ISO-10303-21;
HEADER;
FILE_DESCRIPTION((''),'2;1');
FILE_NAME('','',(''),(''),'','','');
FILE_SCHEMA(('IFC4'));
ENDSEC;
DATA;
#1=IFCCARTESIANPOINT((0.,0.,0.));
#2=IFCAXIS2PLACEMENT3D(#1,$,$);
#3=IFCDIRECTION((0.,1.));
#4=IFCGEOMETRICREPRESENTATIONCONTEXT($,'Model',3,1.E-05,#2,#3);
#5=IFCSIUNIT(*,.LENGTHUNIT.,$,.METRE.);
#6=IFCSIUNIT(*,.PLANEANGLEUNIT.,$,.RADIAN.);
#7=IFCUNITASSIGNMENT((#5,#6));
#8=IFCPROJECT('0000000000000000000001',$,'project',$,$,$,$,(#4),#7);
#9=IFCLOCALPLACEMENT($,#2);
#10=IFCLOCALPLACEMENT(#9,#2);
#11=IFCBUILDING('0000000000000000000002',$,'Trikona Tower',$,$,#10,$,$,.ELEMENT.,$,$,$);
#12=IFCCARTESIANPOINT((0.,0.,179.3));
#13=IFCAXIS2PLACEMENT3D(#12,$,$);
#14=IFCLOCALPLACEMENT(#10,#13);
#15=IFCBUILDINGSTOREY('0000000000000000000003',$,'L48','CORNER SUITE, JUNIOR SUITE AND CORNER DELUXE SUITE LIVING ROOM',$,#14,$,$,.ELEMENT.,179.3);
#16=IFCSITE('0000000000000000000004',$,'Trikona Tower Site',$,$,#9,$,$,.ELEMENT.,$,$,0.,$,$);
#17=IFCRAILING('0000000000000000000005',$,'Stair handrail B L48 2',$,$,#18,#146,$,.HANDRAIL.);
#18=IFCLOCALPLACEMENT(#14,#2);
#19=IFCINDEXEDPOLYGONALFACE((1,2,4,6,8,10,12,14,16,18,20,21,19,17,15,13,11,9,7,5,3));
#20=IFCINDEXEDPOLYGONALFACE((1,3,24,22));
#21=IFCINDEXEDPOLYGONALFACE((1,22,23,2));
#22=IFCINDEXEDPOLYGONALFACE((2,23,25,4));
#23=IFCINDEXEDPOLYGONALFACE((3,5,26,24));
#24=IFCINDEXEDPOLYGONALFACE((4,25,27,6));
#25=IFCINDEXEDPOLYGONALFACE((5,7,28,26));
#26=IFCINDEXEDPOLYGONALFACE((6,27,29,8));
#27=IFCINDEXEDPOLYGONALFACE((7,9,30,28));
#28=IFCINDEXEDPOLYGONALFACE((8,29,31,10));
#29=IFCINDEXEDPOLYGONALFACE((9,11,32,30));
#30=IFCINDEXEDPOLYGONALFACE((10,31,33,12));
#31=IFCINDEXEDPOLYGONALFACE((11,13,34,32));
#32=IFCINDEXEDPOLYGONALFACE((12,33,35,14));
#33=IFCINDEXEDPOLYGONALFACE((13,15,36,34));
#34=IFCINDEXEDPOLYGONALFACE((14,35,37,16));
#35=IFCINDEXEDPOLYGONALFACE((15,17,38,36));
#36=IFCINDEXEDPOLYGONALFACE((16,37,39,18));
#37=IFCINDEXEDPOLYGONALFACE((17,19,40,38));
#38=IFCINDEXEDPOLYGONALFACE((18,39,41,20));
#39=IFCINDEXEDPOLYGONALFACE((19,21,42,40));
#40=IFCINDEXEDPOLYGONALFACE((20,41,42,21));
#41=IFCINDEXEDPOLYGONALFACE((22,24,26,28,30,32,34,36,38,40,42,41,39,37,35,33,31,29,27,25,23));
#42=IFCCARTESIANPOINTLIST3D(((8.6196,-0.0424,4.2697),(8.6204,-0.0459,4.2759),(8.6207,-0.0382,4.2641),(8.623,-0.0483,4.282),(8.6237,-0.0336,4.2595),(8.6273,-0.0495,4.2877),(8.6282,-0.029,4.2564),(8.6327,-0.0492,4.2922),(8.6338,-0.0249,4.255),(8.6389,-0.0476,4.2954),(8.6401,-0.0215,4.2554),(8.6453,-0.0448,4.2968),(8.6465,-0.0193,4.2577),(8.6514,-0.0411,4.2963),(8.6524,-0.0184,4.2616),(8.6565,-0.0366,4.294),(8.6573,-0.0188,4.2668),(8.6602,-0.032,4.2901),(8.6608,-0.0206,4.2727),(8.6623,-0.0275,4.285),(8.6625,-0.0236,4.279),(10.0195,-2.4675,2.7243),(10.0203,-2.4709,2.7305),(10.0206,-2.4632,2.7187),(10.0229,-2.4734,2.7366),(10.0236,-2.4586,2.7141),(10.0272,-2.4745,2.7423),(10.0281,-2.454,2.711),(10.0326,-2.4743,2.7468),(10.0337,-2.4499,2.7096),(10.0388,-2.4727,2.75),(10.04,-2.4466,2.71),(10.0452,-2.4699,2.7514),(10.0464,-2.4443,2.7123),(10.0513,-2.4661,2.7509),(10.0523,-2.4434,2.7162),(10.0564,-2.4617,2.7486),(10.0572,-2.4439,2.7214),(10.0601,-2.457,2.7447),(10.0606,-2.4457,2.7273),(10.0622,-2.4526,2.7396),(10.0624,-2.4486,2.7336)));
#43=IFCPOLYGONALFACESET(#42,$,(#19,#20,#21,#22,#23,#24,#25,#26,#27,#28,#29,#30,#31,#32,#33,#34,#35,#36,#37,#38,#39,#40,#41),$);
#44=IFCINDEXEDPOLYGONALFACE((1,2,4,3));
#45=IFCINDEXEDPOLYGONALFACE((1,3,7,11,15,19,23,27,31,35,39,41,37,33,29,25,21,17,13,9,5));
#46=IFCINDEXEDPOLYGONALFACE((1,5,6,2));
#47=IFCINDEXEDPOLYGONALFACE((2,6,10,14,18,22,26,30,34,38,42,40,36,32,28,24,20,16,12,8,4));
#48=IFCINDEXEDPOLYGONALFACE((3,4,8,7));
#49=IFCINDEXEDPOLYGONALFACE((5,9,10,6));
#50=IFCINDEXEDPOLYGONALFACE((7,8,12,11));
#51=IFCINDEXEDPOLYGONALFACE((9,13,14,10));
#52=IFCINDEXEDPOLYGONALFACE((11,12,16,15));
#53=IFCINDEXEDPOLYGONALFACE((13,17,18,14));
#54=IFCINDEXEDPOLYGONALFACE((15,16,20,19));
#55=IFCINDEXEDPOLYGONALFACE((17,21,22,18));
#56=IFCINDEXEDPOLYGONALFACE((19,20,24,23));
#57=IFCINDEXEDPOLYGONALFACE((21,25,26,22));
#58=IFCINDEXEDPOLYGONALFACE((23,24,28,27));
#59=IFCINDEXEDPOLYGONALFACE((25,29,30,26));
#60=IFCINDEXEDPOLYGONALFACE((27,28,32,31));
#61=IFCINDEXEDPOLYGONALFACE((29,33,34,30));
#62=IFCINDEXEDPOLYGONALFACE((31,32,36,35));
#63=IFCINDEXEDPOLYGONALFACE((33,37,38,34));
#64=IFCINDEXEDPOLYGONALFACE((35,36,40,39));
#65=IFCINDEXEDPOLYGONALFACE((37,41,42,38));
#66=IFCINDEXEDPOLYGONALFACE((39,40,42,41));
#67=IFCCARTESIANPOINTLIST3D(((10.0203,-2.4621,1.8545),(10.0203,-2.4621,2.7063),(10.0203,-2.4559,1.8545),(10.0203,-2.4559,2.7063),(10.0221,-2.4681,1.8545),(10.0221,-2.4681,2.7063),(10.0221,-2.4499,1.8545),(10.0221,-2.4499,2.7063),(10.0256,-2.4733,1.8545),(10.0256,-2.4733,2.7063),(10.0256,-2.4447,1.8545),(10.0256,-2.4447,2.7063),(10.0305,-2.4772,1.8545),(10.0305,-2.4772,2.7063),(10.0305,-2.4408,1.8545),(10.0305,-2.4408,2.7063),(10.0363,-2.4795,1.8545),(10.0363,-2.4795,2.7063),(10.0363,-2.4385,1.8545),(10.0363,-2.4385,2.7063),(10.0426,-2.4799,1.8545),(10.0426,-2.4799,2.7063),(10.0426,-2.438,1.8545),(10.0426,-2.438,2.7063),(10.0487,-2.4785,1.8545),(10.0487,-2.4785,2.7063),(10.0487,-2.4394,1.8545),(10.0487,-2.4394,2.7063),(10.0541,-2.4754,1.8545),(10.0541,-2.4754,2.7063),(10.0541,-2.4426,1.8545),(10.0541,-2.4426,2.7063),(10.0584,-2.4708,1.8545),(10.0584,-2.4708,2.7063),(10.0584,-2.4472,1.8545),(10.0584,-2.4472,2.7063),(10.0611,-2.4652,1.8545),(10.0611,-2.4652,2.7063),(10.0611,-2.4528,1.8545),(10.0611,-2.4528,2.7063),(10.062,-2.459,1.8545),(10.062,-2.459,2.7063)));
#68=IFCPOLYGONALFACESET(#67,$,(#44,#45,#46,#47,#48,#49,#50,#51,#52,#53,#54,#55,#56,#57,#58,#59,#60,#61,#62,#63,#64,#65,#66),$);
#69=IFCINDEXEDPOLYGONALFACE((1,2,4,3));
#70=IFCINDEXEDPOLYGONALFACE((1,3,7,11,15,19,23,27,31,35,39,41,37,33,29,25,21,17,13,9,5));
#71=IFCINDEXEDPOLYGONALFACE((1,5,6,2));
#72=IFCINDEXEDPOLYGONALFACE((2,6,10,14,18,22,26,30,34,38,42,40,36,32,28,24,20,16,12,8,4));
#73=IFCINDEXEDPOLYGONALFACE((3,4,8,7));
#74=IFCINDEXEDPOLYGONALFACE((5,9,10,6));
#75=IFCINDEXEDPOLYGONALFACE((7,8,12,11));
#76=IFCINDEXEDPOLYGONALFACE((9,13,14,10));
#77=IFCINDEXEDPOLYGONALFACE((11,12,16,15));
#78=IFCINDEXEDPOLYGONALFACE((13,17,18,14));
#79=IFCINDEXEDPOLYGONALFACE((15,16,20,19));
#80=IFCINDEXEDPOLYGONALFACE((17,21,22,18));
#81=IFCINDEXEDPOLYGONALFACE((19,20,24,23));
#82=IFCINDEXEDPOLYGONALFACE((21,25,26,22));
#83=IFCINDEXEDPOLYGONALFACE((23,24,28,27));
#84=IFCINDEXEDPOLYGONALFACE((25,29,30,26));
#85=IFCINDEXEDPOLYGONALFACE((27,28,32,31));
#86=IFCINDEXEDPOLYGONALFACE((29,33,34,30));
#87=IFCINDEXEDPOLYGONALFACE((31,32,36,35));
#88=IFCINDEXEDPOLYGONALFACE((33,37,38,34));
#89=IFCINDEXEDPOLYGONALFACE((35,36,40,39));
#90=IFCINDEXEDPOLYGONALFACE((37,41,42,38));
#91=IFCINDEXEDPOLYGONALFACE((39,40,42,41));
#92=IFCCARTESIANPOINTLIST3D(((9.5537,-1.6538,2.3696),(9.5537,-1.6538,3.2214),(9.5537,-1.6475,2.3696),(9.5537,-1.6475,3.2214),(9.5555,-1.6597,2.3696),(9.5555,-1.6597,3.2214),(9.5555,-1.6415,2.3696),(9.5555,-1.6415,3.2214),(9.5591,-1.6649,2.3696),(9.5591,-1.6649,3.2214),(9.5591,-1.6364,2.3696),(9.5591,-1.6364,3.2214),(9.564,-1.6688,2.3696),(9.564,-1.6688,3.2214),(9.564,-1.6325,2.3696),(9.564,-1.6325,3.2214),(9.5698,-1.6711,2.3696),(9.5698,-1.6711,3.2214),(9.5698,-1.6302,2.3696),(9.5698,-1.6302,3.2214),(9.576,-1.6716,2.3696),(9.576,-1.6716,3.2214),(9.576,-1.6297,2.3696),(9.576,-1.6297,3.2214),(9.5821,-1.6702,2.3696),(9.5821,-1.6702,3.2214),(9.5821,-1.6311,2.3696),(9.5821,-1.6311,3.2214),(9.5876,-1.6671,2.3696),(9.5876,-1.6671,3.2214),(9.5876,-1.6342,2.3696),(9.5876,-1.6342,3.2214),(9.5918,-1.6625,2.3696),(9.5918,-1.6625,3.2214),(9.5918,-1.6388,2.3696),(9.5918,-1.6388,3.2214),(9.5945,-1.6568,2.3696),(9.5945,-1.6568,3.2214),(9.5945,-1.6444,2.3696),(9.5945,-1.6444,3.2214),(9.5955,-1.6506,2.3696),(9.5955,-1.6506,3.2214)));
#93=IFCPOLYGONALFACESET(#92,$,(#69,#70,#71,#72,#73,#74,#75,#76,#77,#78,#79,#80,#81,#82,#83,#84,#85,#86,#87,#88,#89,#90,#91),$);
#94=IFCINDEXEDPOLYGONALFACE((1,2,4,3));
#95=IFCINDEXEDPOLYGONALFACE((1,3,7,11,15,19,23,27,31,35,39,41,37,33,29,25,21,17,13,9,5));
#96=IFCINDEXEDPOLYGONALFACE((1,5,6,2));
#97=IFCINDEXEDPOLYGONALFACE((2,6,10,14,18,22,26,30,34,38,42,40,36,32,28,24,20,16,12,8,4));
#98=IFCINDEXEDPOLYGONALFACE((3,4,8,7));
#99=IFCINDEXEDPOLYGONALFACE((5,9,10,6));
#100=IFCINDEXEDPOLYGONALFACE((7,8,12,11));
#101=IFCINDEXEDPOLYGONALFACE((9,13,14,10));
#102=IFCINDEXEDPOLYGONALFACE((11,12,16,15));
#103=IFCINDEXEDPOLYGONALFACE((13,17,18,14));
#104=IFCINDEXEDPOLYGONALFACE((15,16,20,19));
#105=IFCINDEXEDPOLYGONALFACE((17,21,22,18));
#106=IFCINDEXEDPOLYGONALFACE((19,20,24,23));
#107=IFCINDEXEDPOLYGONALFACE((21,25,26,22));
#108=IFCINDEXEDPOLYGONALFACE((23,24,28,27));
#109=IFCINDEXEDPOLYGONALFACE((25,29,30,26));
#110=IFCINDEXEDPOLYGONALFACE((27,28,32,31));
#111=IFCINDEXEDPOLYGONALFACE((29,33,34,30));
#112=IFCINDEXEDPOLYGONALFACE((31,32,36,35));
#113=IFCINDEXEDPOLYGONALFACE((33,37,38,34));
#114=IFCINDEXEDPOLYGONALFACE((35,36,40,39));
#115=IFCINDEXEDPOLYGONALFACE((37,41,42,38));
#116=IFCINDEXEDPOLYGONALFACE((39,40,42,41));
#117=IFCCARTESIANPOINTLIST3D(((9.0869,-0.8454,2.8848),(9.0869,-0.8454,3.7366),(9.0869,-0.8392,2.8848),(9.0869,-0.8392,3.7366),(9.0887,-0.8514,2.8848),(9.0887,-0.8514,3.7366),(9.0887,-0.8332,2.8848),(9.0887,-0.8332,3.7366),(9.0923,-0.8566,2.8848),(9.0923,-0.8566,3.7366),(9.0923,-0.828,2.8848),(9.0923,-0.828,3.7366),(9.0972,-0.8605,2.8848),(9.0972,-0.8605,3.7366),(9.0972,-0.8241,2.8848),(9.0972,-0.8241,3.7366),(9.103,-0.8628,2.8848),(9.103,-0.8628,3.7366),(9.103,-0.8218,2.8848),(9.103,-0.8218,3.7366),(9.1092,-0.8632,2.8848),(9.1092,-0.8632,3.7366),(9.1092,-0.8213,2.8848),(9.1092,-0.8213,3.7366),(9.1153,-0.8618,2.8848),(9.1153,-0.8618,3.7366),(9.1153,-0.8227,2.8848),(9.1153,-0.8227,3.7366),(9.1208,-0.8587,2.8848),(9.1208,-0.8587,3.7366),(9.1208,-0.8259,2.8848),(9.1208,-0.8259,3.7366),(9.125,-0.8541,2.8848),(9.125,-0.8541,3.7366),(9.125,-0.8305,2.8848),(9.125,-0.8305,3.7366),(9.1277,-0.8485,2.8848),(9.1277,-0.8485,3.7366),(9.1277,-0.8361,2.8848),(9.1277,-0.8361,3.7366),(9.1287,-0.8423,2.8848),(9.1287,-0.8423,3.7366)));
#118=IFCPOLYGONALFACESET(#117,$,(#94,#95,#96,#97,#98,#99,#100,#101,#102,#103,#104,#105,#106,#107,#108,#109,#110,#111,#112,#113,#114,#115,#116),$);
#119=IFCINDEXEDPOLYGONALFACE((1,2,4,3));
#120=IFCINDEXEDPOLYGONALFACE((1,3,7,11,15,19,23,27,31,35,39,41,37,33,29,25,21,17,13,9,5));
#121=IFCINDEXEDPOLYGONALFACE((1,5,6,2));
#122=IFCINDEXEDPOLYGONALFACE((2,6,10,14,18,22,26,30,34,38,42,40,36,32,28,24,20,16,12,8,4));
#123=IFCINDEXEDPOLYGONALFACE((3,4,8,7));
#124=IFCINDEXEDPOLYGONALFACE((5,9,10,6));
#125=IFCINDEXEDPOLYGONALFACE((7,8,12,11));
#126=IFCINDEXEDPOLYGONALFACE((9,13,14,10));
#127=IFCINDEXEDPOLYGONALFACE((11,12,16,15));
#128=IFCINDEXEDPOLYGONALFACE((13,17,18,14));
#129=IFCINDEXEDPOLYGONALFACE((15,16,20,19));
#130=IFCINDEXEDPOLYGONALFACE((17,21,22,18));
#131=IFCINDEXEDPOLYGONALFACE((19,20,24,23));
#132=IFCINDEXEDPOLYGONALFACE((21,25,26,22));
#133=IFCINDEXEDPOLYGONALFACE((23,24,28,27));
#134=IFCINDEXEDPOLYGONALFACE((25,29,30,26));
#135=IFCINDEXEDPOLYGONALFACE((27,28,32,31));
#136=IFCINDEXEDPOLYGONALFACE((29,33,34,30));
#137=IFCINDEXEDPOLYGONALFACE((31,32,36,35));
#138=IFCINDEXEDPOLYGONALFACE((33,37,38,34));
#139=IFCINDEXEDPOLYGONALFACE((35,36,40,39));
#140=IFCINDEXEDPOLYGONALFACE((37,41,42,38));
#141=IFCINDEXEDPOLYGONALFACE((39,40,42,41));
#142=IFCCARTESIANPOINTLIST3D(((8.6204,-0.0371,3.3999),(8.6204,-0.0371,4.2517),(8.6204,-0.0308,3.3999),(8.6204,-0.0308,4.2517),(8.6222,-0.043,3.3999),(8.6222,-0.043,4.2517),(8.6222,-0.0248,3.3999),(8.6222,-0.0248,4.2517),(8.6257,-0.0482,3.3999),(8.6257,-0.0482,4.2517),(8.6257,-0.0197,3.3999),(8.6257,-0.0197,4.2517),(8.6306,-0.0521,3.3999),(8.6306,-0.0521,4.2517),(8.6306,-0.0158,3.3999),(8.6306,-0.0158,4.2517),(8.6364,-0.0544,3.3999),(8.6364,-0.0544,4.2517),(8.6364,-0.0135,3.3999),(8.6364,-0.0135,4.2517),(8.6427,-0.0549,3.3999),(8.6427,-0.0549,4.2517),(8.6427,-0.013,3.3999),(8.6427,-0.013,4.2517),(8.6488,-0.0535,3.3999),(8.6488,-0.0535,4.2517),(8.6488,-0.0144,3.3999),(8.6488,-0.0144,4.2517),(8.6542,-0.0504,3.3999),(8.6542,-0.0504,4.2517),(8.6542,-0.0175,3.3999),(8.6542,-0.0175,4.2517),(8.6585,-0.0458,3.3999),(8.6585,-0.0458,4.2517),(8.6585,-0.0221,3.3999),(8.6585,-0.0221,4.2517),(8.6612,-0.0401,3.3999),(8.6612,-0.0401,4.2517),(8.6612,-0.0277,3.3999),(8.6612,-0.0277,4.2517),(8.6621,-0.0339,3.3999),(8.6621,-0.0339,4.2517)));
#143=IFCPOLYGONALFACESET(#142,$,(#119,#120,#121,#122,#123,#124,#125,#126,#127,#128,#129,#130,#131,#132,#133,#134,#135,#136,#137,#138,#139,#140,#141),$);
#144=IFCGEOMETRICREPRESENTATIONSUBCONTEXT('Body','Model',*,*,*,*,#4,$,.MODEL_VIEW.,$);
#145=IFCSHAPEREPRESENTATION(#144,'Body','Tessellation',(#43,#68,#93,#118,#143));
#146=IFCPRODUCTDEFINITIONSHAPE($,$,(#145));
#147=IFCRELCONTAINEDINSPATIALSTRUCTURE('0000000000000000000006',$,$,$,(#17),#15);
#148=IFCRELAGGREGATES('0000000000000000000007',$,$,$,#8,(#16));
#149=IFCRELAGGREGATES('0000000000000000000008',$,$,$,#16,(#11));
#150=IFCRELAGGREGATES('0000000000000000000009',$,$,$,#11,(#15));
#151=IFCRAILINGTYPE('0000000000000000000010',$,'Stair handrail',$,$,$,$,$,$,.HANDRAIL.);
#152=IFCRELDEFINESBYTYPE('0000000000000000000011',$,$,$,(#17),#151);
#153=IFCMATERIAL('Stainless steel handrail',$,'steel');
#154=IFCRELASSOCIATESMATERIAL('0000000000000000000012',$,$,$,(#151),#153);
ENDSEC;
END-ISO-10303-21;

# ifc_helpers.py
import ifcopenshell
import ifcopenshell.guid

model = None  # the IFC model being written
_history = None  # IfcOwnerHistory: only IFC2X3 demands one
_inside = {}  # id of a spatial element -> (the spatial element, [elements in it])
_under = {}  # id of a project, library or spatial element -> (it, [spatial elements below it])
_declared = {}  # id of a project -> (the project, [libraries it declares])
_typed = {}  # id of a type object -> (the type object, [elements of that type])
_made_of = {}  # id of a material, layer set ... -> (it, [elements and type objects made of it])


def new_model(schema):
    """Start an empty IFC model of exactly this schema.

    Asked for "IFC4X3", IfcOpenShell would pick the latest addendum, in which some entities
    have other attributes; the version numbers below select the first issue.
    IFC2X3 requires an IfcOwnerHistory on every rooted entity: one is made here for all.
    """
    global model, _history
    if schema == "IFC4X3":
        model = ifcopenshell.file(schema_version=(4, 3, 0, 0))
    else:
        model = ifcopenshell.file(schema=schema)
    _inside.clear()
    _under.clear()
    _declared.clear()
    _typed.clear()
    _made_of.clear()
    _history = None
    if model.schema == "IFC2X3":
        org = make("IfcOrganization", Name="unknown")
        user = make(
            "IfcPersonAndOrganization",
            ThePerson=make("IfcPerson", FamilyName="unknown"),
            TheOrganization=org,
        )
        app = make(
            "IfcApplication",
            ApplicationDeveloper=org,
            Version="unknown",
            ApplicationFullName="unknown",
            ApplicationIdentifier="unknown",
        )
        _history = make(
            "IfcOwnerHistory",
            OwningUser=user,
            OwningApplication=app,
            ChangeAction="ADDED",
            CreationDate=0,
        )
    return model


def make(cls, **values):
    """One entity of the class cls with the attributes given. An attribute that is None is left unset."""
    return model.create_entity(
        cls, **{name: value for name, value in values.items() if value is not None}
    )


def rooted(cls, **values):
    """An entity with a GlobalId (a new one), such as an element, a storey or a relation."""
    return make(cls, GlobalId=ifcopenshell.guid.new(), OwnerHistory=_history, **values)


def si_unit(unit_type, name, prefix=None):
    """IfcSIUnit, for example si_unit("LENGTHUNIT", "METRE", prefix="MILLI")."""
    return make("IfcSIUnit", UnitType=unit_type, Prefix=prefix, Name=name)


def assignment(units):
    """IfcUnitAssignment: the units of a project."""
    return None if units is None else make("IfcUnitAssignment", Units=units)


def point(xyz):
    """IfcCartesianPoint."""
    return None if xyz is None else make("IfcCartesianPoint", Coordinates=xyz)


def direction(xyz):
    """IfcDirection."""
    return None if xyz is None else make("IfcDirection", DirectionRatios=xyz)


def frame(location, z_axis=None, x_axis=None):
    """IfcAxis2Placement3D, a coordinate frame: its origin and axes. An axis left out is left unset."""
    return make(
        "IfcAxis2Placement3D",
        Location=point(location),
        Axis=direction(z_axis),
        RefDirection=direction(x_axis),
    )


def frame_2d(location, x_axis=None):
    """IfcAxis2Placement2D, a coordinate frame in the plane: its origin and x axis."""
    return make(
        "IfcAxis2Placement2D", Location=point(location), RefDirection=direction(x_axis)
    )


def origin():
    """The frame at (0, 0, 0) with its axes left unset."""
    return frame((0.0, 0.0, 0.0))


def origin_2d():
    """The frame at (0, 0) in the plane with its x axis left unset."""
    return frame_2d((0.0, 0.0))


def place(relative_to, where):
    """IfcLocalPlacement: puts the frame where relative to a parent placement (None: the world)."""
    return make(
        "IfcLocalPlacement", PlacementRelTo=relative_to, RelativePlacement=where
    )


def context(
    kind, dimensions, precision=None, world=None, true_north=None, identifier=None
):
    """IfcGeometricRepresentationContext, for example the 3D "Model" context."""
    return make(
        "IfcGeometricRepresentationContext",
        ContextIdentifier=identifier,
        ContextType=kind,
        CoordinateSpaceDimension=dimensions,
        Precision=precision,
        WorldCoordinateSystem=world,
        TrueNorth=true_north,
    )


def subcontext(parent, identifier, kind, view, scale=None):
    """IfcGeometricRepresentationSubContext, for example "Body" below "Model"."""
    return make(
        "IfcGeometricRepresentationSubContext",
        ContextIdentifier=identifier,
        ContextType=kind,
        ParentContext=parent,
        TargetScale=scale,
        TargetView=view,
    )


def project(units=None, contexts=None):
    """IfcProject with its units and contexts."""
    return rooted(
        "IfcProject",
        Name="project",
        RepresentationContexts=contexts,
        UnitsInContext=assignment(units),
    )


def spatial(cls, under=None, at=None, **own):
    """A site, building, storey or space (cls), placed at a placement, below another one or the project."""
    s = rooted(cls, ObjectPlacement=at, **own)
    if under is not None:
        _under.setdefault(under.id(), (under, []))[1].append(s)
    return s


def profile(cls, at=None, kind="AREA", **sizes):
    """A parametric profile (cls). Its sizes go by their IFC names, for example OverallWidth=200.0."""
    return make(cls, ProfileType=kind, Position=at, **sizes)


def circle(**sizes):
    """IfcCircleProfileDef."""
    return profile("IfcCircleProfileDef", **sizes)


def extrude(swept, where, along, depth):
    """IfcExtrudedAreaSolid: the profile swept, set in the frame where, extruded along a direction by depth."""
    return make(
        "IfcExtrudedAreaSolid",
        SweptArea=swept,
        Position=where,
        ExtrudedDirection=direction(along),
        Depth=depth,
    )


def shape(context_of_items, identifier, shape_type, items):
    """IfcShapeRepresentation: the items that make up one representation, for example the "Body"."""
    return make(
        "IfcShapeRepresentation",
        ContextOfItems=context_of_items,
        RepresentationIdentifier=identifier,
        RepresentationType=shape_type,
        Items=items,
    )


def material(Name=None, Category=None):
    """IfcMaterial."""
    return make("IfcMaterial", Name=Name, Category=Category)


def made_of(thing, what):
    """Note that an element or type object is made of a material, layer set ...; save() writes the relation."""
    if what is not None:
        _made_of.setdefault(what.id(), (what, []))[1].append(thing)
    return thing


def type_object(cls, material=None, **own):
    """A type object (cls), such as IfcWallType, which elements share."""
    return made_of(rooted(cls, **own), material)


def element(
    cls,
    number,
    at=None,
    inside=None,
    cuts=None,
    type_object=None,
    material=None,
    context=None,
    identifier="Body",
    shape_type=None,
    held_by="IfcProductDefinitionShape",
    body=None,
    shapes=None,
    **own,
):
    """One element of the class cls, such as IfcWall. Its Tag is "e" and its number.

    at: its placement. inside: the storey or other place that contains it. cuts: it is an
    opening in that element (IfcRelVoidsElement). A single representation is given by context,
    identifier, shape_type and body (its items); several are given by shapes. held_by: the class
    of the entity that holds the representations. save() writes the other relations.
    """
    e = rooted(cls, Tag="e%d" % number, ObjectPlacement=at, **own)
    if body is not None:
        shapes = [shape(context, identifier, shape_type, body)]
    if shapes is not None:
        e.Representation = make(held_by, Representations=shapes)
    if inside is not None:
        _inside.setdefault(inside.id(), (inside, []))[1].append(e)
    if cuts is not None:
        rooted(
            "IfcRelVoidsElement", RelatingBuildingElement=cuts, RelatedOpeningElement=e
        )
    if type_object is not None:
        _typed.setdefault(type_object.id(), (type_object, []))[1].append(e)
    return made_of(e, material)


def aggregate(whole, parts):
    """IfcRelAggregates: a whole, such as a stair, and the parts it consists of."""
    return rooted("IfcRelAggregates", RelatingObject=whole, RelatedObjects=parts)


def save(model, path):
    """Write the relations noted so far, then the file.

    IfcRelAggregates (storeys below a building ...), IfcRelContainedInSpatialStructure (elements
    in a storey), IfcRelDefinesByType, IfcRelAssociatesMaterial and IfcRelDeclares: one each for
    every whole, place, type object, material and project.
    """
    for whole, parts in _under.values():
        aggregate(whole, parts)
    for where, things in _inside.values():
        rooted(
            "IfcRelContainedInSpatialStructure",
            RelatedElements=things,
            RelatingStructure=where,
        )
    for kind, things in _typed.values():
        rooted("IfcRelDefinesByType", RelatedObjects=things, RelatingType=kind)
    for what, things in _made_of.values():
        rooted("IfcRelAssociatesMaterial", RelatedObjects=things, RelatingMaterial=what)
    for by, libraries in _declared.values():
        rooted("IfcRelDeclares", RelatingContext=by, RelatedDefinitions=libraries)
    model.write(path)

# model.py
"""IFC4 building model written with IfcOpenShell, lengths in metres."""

from ifc_helpers import new_model, si_unit, direction, frame, origin, origin_2d, place, context, subcontext, project, spatial, circle, extrude, material, type_object, element, save


model = new_model("IFC4")

# Units and contexts
model_context = context("Model", 3, precision=1e-05, world=origin(), true_north=direction((0.0, 1.0)))
body_context = subcontext(model_context, "Body", "Model", "MODEL_VIEW")
ifc_project = project(units=[si_unit("LENGTHUNIT", "METRE"), si_unit("PLANEANGLEUNIT", "RADIAN")], contexts=[model_context])

# Site, building, storey
site_placement = place(None, origin())
site = spatial("IfcSite", under=ifc_project, at=site_placement, Name="Trikona Tower Site", CompositionType="ELEMENT", RefElevation=0.0)
building_placement = place(site_placement, origin())
building = spatial("IfcBuilding", under=site, at=building_placement, Name="Trikona Tower", CompositionType="ELEMENT")
storey_placement = place(building_placement, frame((0.0, 0.0, 179.3)))
storey = spatial("IfcBuildingStorey", under=building, at=storey_placement, Name="L48", Description="CORNER SUITE, JUNIOR SUITE AND CORNER DELUXE SUITE LIVING ROOM", CompositionType="ELEMENT", Elevation=179.3)

# Railing
ifc_material_1 = material(Name="Stainless steel handrail", Category="steel")
railing_type = type_object("IfcRailingType", Name="Stair handrail", PredefinedType="HANDRAIL", material=ifc_material_1)
railing_placement = place(storey_placement, frame((10.041, -2.459, 1.8545)))
element("IfcRailing", 1, at=railing_placement, inside=storey, type_object=railing_type, Name="Stair handrail B L48 2", PredefinedType="HANDRAIL", context=body_context, shape_type="SweptSolid", body=[
    extrude(circle(Radius=0.0239, at=origin_2d()), frame((0.0, 0.0, 0.876), z_axis=(-0.437707, 0.75824, 0.483203), x_axis=(-0.866056, -0.499946, 0.0)), (0.0, 0.0, 1.0), 3.1982),
    extrude(circle(Radius=0.021, at=origin_2d()), origin(), (0.0, 0.0, 1.0), 0.8518),
    extrude(circle(Radius=0.021, at=origin_2d()), frame((-0.4666, 0.8083, 0.5151)), (0.0, 0.0, 1.0), 0.8518),
    extrude(circle(Radius=0.021, at=origin_2d()), frame((-0.9333, 1.6167, 1.0303)), (0.0, 0.0, 1.0), 0.8518),
    extrude(circle(Radius=0.021, at=origin_2d()), frame((-1.3999, 2.425, 1.5454)), (0.0, 0.0, 1.0), 0.8518),
])

save(model, "model.ifc")
